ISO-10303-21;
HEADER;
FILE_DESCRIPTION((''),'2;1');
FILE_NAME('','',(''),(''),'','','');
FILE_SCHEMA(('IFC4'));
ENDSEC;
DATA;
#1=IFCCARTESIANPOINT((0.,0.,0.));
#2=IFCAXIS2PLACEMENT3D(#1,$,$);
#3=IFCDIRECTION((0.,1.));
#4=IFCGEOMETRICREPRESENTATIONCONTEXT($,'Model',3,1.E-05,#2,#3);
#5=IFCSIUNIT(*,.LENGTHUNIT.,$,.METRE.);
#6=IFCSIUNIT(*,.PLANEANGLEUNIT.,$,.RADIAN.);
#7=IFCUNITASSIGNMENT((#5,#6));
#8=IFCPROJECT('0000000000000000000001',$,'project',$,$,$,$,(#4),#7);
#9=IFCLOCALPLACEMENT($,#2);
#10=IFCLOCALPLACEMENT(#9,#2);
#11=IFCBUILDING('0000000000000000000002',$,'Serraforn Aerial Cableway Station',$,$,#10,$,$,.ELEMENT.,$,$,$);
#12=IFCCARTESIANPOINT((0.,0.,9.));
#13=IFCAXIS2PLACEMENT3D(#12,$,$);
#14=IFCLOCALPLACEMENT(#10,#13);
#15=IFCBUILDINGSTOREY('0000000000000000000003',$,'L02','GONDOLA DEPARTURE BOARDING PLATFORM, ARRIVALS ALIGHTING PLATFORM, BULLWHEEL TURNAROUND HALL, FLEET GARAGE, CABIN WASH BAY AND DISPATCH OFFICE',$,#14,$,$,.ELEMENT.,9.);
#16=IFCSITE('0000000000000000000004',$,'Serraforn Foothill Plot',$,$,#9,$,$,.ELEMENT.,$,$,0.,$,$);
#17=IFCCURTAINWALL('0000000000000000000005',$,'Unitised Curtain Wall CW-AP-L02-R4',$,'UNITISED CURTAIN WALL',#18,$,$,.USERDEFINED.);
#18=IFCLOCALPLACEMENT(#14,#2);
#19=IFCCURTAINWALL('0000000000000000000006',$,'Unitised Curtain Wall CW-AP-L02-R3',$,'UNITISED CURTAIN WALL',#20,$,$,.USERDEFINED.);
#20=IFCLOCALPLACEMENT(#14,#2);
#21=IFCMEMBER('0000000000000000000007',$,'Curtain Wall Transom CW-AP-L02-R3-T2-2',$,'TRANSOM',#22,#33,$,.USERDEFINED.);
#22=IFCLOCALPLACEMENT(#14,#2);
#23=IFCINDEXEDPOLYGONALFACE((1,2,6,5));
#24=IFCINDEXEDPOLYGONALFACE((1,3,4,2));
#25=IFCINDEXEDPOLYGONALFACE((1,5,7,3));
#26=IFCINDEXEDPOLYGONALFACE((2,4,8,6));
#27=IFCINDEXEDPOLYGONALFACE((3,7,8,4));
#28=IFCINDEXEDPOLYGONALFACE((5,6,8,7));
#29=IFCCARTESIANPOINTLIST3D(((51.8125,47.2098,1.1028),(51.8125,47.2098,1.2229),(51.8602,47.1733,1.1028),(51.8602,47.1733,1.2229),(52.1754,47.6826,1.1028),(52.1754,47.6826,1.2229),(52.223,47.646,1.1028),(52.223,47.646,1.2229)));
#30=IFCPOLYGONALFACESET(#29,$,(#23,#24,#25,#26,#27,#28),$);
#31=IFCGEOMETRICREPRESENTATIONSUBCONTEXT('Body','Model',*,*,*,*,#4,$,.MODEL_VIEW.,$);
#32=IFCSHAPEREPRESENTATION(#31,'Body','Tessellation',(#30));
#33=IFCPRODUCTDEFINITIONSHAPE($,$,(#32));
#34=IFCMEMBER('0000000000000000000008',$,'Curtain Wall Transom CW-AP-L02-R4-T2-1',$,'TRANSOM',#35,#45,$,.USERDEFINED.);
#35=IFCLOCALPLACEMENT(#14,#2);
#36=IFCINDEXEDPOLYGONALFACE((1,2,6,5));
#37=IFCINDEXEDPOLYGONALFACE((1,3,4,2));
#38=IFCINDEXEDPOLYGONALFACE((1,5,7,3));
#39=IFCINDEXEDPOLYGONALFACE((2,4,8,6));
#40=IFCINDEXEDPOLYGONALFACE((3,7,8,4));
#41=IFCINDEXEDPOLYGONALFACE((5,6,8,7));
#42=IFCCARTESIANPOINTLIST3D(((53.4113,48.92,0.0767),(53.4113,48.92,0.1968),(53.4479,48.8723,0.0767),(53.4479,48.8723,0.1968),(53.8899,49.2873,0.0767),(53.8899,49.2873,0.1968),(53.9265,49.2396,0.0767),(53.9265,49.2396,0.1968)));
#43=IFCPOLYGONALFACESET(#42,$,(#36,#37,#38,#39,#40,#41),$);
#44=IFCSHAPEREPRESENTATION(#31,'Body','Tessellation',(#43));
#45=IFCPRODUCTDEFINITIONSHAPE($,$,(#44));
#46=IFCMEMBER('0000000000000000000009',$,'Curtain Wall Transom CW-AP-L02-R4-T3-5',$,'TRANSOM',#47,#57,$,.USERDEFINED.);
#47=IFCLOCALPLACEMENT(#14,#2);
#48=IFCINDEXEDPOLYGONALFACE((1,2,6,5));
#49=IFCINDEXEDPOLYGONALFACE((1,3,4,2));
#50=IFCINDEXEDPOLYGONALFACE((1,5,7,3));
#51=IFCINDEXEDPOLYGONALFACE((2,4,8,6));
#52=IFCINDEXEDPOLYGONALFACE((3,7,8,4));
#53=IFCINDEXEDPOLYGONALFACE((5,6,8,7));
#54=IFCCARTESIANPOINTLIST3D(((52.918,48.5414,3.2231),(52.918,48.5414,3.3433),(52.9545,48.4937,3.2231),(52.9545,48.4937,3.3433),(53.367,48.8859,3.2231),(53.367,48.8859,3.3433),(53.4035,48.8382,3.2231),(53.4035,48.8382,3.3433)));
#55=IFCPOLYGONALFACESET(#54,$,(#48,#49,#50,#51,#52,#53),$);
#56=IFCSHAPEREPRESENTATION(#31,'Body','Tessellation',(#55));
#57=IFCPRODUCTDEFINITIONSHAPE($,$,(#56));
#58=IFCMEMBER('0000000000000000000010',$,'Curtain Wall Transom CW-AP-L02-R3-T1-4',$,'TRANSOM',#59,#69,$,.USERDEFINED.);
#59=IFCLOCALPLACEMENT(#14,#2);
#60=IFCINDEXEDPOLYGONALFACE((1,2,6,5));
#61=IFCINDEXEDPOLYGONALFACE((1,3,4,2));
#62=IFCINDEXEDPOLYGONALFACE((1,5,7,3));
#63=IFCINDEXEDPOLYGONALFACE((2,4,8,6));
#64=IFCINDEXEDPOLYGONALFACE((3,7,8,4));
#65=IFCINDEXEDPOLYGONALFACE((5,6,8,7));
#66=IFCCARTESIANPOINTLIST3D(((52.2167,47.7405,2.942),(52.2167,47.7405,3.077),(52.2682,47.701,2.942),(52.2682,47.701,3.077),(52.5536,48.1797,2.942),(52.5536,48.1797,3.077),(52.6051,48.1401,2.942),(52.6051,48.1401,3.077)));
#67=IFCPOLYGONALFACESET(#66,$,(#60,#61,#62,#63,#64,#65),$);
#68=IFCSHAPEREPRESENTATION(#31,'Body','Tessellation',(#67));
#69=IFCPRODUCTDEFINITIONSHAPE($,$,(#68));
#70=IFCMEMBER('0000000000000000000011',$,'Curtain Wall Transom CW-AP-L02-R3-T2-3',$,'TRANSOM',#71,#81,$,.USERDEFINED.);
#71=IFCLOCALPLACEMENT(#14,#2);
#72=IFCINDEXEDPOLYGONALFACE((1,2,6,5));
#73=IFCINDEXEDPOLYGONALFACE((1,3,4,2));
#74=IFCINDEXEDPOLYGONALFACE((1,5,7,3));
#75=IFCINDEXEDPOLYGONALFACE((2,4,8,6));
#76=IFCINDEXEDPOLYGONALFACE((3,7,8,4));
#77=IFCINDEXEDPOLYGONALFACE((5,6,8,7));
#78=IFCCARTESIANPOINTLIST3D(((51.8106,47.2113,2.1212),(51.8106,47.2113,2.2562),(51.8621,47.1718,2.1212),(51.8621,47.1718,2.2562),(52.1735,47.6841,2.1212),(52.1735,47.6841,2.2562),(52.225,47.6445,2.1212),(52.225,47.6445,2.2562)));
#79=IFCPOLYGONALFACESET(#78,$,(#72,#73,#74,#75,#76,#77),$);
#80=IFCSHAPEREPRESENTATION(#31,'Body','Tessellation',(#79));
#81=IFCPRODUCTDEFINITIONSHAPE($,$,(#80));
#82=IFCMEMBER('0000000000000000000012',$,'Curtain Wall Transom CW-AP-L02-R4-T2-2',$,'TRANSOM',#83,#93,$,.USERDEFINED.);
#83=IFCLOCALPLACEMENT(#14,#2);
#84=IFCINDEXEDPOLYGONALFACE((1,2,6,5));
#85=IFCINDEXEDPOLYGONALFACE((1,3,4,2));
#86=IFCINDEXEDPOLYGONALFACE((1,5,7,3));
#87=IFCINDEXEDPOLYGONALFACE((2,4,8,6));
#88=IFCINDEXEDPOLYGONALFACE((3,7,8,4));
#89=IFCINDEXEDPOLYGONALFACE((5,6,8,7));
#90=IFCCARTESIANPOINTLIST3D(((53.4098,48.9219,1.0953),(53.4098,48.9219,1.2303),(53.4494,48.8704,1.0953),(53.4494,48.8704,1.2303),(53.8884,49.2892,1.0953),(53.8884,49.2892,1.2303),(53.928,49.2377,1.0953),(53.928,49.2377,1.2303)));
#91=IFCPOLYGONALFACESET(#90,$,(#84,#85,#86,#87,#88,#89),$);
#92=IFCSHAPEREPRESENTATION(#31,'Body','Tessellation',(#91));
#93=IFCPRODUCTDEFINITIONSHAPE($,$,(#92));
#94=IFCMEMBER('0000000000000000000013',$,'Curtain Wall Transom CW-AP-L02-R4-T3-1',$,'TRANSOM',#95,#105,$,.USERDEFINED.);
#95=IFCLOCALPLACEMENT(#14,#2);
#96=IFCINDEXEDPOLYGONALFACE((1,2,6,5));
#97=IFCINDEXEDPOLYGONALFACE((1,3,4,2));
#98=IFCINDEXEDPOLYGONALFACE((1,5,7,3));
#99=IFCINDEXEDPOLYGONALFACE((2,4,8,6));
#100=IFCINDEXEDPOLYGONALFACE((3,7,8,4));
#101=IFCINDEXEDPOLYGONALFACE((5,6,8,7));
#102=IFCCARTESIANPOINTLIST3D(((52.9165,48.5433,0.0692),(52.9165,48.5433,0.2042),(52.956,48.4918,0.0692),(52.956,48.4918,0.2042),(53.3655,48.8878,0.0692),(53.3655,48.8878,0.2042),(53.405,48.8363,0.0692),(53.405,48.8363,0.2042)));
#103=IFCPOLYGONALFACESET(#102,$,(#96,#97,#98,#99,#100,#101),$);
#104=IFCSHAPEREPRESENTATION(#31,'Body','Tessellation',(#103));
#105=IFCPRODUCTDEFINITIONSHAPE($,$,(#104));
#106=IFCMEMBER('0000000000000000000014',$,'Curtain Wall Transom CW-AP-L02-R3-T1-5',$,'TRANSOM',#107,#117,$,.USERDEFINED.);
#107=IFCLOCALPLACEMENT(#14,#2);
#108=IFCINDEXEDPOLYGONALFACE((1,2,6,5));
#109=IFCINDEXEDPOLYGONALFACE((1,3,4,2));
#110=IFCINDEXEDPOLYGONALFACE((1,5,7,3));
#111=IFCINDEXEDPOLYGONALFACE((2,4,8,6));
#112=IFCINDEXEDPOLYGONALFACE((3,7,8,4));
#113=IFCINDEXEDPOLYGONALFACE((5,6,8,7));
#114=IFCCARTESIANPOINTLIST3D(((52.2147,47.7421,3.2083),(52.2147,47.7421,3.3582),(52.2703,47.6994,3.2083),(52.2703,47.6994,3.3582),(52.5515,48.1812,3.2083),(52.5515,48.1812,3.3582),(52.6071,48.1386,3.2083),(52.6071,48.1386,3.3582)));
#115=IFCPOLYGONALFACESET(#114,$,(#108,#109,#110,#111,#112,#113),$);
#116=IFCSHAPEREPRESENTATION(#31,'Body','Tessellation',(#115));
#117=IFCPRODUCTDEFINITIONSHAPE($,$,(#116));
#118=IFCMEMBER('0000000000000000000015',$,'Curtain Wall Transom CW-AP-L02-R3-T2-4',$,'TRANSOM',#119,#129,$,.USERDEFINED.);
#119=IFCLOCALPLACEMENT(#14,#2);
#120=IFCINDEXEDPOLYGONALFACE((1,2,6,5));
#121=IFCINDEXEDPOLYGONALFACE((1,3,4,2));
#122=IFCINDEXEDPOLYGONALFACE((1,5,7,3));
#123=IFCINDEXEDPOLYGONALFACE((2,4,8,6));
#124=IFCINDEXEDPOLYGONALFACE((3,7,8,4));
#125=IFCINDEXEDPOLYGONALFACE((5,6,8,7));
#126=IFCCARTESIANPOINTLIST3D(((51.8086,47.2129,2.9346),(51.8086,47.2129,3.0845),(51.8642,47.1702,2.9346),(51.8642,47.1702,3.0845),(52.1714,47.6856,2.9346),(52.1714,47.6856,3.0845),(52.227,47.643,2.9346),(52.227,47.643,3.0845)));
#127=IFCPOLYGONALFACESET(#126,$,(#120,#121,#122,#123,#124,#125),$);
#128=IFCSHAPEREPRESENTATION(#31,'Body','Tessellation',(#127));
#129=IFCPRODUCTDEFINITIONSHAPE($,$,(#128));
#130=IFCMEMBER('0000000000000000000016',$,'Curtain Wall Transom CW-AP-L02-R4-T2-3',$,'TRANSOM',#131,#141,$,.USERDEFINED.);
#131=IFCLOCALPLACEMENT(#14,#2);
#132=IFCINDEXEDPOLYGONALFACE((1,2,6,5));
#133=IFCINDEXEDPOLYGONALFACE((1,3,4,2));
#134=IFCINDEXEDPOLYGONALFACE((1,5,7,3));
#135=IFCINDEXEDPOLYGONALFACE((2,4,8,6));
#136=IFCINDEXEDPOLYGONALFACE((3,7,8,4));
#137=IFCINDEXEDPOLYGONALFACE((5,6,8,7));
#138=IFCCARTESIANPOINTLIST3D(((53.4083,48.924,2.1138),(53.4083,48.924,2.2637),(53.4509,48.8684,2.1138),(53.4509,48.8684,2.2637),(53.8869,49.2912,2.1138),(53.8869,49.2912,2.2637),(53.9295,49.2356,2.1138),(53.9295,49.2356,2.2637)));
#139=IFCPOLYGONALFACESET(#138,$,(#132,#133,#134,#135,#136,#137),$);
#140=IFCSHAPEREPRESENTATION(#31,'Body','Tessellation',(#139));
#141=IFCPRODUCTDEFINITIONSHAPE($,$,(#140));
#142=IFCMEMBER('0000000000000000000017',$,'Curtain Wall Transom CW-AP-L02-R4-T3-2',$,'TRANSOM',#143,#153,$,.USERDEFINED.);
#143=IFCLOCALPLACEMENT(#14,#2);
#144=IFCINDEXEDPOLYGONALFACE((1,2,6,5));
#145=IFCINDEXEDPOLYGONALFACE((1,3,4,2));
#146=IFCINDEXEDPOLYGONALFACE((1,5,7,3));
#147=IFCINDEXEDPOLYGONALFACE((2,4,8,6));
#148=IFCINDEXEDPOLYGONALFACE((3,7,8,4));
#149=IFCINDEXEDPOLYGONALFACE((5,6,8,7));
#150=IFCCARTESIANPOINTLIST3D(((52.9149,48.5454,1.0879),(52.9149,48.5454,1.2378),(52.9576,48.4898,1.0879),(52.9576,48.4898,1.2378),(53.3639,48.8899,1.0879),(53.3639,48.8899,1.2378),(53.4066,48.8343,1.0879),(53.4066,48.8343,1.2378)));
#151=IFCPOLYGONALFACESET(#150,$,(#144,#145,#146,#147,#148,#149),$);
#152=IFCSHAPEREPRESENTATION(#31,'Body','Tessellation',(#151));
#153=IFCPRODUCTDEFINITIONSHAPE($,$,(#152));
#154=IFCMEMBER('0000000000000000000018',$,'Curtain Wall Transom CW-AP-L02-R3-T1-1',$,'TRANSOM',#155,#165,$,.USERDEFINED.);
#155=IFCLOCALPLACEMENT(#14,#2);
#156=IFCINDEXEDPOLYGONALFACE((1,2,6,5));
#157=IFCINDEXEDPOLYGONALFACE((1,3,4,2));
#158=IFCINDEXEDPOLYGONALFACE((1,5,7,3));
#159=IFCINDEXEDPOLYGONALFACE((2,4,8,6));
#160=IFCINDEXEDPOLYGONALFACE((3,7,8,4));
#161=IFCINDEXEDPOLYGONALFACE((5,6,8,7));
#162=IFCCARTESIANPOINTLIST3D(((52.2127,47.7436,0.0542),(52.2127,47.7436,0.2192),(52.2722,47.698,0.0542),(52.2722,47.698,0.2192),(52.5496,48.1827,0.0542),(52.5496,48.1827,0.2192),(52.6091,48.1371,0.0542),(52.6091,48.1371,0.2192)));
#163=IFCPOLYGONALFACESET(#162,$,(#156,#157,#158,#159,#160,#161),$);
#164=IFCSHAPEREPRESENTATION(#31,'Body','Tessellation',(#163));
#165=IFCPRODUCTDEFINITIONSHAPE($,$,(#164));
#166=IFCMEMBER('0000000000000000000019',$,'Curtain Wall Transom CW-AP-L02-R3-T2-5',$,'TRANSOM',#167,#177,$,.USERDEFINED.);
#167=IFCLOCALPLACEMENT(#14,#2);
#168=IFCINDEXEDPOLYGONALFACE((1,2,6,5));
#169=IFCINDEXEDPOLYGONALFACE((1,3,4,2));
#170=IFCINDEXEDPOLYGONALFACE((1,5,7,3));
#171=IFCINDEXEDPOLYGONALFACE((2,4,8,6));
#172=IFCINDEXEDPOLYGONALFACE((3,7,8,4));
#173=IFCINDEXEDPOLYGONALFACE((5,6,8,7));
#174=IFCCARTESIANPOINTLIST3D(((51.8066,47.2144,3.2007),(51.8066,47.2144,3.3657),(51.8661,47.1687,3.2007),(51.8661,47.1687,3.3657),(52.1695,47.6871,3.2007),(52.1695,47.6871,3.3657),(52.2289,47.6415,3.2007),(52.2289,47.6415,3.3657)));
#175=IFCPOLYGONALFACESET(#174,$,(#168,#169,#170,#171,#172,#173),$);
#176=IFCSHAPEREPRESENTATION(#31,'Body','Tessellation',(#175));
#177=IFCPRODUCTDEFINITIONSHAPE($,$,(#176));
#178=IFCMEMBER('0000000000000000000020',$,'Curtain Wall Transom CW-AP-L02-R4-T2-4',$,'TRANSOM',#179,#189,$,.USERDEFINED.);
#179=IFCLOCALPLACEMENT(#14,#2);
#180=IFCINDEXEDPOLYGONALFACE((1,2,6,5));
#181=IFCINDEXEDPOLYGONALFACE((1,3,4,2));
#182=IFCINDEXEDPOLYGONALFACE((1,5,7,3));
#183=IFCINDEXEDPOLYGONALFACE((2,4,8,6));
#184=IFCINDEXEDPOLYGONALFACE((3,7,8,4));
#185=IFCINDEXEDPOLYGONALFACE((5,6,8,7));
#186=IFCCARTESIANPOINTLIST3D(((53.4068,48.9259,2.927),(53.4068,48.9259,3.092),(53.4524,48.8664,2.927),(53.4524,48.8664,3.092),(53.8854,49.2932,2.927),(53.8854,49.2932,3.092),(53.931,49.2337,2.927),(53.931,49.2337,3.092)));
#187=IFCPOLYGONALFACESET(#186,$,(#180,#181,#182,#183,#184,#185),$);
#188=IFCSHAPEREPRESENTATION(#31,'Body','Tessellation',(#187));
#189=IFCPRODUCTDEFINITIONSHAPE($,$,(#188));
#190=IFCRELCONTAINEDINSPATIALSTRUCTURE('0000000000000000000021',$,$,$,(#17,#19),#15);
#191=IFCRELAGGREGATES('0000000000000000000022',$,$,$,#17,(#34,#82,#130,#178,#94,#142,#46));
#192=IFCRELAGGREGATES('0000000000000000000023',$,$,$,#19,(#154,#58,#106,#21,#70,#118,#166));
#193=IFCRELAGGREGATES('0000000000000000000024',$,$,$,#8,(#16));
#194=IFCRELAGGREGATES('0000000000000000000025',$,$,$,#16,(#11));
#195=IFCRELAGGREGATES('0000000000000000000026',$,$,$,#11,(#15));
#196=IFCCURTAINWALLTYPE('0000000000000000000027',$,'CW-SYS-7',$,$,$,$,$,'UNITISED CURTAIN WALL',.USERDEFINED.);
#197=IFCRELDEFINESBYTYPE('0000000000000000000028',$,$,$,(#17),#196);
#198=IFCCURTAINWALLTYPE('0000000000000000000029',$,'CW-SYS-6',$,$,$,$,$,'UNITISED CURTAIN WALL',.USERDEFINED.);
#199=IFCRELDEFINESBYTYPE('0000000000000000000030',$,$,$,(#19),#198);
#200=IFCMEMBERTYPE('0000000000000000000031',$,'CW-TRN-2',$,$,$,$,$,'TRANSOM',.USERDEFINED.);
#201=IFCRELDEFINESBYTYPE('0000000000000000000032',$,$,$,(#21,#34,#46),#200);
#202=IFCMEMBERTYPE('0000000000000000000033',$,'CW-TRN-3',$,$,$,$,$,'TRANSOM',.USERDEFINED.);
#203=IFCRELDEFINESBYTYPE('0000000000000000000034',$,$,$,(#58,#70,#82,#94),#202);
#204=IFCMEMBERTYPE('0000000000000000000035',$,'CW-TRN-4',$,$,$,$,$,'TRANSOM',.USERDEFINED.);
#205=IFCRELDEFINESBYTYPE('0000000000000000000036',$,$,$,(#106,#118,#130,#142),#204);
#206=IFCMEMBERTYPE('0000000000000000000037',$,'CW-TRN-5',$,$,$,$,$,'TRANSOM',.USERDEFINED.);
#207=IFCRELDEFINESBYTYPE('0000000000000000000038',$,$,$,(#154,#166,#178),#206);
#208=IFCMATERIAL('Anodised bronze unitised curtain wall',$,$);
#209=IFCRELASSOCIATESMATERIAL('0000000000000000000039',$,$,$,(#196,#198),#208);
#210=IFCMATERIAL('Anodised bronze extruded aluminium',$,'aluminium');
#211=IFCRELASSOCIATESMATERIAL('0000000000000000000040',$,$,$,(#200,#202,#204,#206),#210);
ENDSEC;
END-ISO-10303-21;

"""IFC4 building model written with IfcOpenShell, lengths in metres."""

from ifc_helpers import new_model, si_unit, direction, frame, origin, origin_2d, place, context, subcontext, project, spatial, rectangle, extrude, material, material_profile, profile_set, type_object, element, aggregate, save


model = new_model("IFC4")

# Units and contexts
model_context = context("Model", 3, precision=1e-05, world=origin(), true_north=direction((0.0, 1.0)))
body_context = subcontext(model_context, "Body", "Model", "MODEL_VIEW")
ifc_project = project(units=[si_unit("LENGTHUNIT", "METRE"), si_unit("PLANEANGLEUNIT", "RADIAN")], contexts=[model_context])

# Site, building, storey
site_placement = place(None, origin())
site = spatial("IfcSite", under=ifc_project, at=site_placement, Name="Serraforn Foothill Plot", CompositionType="ELEMENT", RefElevation=0.0)
building_placement = place(site_placement, origin())
building = spatial("IfcBuilding", under=site, at=building_placement, Name="Serraforn Aerial Cableway Station", CompositionType="ELEMENT")
storey_placement = place(building_placement, frame((0.0, 0.0, 9.0)))
storey = spatial("IfcBuildingStorey", under=building, at=storey_placement, Name="L02", Description="GONDOLA DEPARTURE BOARDING PLATFORM, ARRIVALS ALIGHTING PLATFORM, BULLWHEEL TURNAROUND HALL, FLEET GARAGE, CABIN WASH BAY AND DISPATCH OFFICE", CompositionType="ELEMENT", Elevation=9.0)

# Curtain walls
ifc_material_1 = material(Name="Anodised bronze unitised curtain wall")
curtain_wall_type_1 = type_object("IfcCurtainWallType", Name="CW-SYS-7", ElementType="UNITISED CURTAIN WALL", PredefinedType="USERDEFINED", material=ifc_material_1)
curtain_wall_1_placement = place(storey_placement, origin())
curtain_wall_1 = element("IfcCurtainWall", 1, at=curtain_wall_1_placement, inside=storey, type_object=curtain_wall_type_1, Name="Unitised Curtain Wall CW-AP-L02-R4", ObjectType="UNITISED CURTAIN WALL", PredefinedType="USERDEFINED")
ifc_material_2 = material(Name="Anodised bronze extruded aluminium", Category="aluminium")
curtain_wall_type_2 = type_object("IfcCurtainWallType", Name="CW-SYS-6", ElementType="UNITISED CURTAIN WALL", PredefinedType="USERDEFINED", material=ifc_material_1)
curtain_wall_2_placement = place(storey_placement, origin())
curtain_wall_2 = element("IfcCurtainWall", 2, at=curtain_wall_2_placement, inside=storey, type_object=curtain_wall_type_2, Name="Unitised Curtain Wall CW-AP-L02-R3", ObjectType="UNITISED CURTAIN WALL", PredefinedType="USERDEFINED")

# Members
ifc_material_profile_1 = material_profile(ifc_material_2, rectangle(XDim=0.0601, YDim=0.1201, at=origin_2d()), Name="CW TRANSOM 60x120")
ifc_profile_set_1 = profile_set([ifc_material_profile_1], Name="Anodised bronze extruded aluminium")
member_type_1 = type_object("IfcMemberType", Name="CW-TRN-2", ElementType="TRANSOM", PredefinedType="USERDEFINED", material=ifc_profile_set_1)
member_1_placement = place(storey_placement, frame((52.1992, 47.6643, 1.1628), z_axis=(-0.608879, -0.793263, 0.0), x_axis=(0.793263, -0.608879, 0.0)))
member_1 = element("IfcMember", 3, at=member_1_placement, type_object=member_type_1, Name="Curtain Wall Transom CW-AP-L02-R3-T2-2", ObjectType="TRANSOM", PredefinedType="USERDEFINED", context=body_context, shape_type="SweptSolid", body=[
    extrude(rectangle(XDim=0.0601, YDim=0.1201, at=origin_2d()), origin(), (0.0, 0.0, 1.0), 0.5959),
])
member_2_placement = place(storey_placement, frame((53.9082, 49.2634, 0.1367), z_axis=(-0.793346, -0.608771, 0.0), x_axis=(0.608771, -0.793346, 0.0)))
member_2 = element("IfcMember", 4, at=member_2_placement, type_object=member_type_1, Name="Curtain Wall Transom CW-AP-L02-R4-T2-1", ObjectType="TRANSOM", PredefinedType="USERDEFINED", context=body_context, shape_type="SweptSolid", body=[
    extrude(rectangle(XDim=0.0601, YDim=0.1201, at=origin_2d()), origin(), (0.0, 0.0, 1.0), 0.6033),
])
member_3_placement = place(storey_placement, frame((53.3853, 48.8621, 3.2832), z_axis=(-0.793377, -0.60873, 0.0), x_axis=(0.60873, -0.793377, 0.0)))
member_3 = element("IfcMember", 5, at=member_3_placement, type_object=member_type_1, Name="Curtain Wall Transom CW-AP-L02-R4-T3-5", ObjectType="TRANSOM", PredefinedType="USERDEFINED", context=body_context, shape_type="SweptSolid", body=[
    extrude(rectangle(XDim=0.0601, YDim=0.1201, at=origin_2d()), origin(), (0.0, 0.0, 1.0), 0.5659),
])
ifc_material_profile_2 = material_profile(ifc_material_2, rectangle(XDim=0.0649, YDim=0.135, at=origin_2d()), Name="CW TRANSOM 65x135")
ifc_profile_set_2 = profile_set([ifc_material_profile_2], Name="Anodised bronze extruded aluminium")
member_type_2 = type_object("IfcMemberType", Name="CW-TRN-3", ElementType="TRANSOM", PredefinedType="USERDEFINED", material=ifc_profile_set_2)
member_4_placement = place(storey_placement, frame((52.5793, 48.1599, 3.0095), z_axis=(-0.608644, -0.793443, 0.0), x_axis=(0.793443, -0.608644, 0.0)))
member_4 = element("IfcMember", 6, at=member_4_placement, type_object=member_type_2, Name="Curtain Wall Transom CW-AP-L02-R3-T1-4", ObjectType="TRANSOM", PredefinedType="USERDEFINED", context=body_context, shape_type="SweptSolid", body=[
    extrude(rectangle(XDim=0.0649, YDim=0.135, at=origin_2d()), origin(), (0.0, 0.0, 1.0), 0.5535),
])
member_5_placement = place(storey_placement, frame((52.1992, 47.6643, 2.1887), z_axis=(-0.608879, -0.793263, 0.0), x_axis=(0.793263, -0.608879, 0.0)))
member_5 = element("IfcMember", 7, at=member_5_placement, type_object=member_type_2, Name="Curtain Wall Transom CW-AP-L02-R3-T2-3", ObjectType="TRANSOM", PredefinedType="USERDEFINED", context=body_context, shape_type="SweptSolid", body=[
    extrude(rectangle(XDim=0.0649, YDim=0.135, at=origin_2d()), origin(), (0.0, 0.0, 1.0), 0.5959),
])
member_6_placement = place(storey_placement, frame((53.9082, 49.2634, 1.1628), z_axis=(-0.793346, -0.608771, 0.0), x_axis=(0.608771, -0.793346, 0.0)))
member_6 = element("IfcMember", 8, at=member_6_placement, type_object=member_type_2, Name="Curtain Wall Transom CW-AP-L02-R4-T2-2", ObjectType="TRANSOM", PredefinedType="USERDEFINED", context=body_context, shape_type="SweptSolid", body=[
    extrude(rectangle(XDim=0.0649, YDim=0.135, at=origin_2d()), origin(), (0.0, 0.0, 1.0), 0.6033),
])
member_7_placement = place(storey_placement, frame((53.3853, 48.8621, 0.1367), z_axis=(-0.793377, -0.60873, 0.0), x_axis=(0.60873, -0.793377, 0.0)))
member_7 = element("IfcMember", 9, at=member_7_placement, type_object=member_type_2, Name="Curtain Wall Transom CW-AP-L02-R4-T3-1", ObjectType="TRANSOM", PredefinedType="USERDEFINED", context=body_context, shape_type="SweptSolid", body=[
    extrude(rectangle(XDim=0.0649, YDim=0.135, at=origin_2d()), origin(), (0.0, 0.0, 1.0), 0.5659),
])
ifc_material_profile_3 = material_profile(ifc_material_2, rectangle(XDim=0.0701, YDim=0.1499, at=origin_2d()), Name="CW TRANSOM 70x150")
ifc_profile_set_3 = profile_set([ifc_material_profile_3], Name="Anodised bronze extruded aluminium")
member_type_3 = type_object("IfcMemberType", Name="CW-TRN-4", ElementType="TRANSOM", PredefinedType="USERDEFINED", material=ifc_profile_set_3)
member_8_placement = place(storey_placement, frame((52.5793, 48.1599, 3.2832), z_axis=(-0.608644, -0.793443, 0.0), x_axis=(0.793443, -0.608644, 0.0)))
member_8 = element("IfcMember", 10, at=member_8_placement, type_object=member_type_3, Name="Curtain Wall Transom CW-AP-L02-R3-T1-5", ObjectType="TRANSOM", PredefinedType="USERDEFINED", context=body_context, shape_type="SweptSolid", body=[
    extrude(rectangle(XDim=0.0701, YDim=0.1499, at=origin_2d()), origin(), (0.0, 0.0, 1.0), 0.5535),
])
member_9_placement = place(storey_placement, frame((52.1992, 47.6643, 3.0095), z_axis=(-0.608879, -0.793263, 0.0), x_axis=(0.793263, -0.608879, 0.0)))
member_9 = element("IfcMember", 11, at=member_9_placement, type_object=member_type_3, Name="Curtain Wall Transom CW-AP-L02-R3-T2-4", ObjectType="TRANSOM", PredefinedType="USERDEFINED", context=body_context, shape_type="SweptSolid", body=[
    extrude(rectangle(XDim=0.0701, YDim=0.1499, at=origin_2d()), origin(), (0.0, 0.0, 1.0), 0.5959),
])
member_10_placement = place(storey_placement, frame((53.9082, 49.2634, 2.1887), z_axis=(-0.793346, -0.608771, 0.0), x_axis=(0.608771, -0.793346, 0.0)))
member_10 = element("IfcMember", 12, at=member_10_placement, type_object=member_type_3, Name="Curtain Wall Transom CW-AP-L02-R4-T2-3", ObjectType="TRANSOM", PredefinedType="USERDEFINED", context=body_context, shape_type="SweptSolid", body=[
    extrude(rectangle(XDim=0.0701, YDim=0.1499, at=origin_2d()), origin(), (0.0, 0.0, 1.0), 0.6033),
])
member_11_placement = place(storey_placement, frame((53.3853, 48.8621, 1.1628), z_axis=(-0.793377, -0.60873, 0.0), x_axis=(0.60873, -0.793377, 0.0)))
member_11 = element("IfcMember", 13, at=member_11_placement, type_object=member_type_3, Name="Curtain Wall Transom CW-AP-L02-R4-T3-2", ObjectType="TRANSOM", PredefinedType="USERDEFINED", context=body_context, shape_type="SweptSolid", body=[
    extrude(rectangle(XDim=0.0701, YDim=0.1499, at=origin_2d()), origin(), (0.0, 0.0, 1.0), 0.5659),
])
ifc_material_profile_4 = material_profile(ifc_material_2, rectangle(XDim=0.075, YDim=0.165, at=origin_2d()), Name="CW TRANSOM 75x165")
ifc_profile_set_4 = profile_set([ifc_material_profile_4], Name="Anodised bronze extruded aluminium")
member_type_4 = type_object("IfcMemberType", Name="CW-TRN-5", ElementType="TRANSOM", PredefinedType="USERDEFINED", material=ifc_profile_set_4)
member_12_placement = place(storey_placement, frame((52.5793, 48.1599, 0.1367), z_axis=(-0.608644, -0.793443, 0.0), x_axis=(0.793443, -0.608644, 0.0)))
member_12 = element("IfcMember", 14, at=member_12_placement, type_object=member_type_4, Name="Curtain Wall Transom CW-AP-L02-R3-T1-1", ObjectType="TRANSOM", PredefinedType="USERDEFINED", context=body_context, shape_type="SweptSolid", body=[
    extrude(rectangle(XDim=0.075, YDim=0.165, at=origin_2d()), origin(), (0.0, 0.0, 1.0), 0.5535),
])
member_13_placement = place(storey_placement, frame((52.1992, 47.6643, 3.2832), z_axis=(-0.608879, -0.793263, 0.0), x_axis=(0.793263, -0.608879, 0.0)))
member_13 = element("IfcMember", 15, at=member_13_placement, type_object=member_type_4, Name="Curtain Wall Transom CW-AP-L02-R3-T2-5", ObjectType="TRANSOM", PredefinedType="USERDEFINED", context=body_context, shape_type="SweptSolid", body=[
    extrude(rectangle(XDim=0.075, YDim=0.165, at=origin_2d()), origin(), (0.0, 0.0, 1.0), 0.5959),
])
member_14_placement = place(storey_placement, frame((53.9082, 49.2634, 3.0095), z_axis=(-0.793346, -0.608771, 0.0), x_axis=(0.608771, -0.793346, 0.0)))
member_14 = element("IfcMember", 16, at=member_14_placement, type_object=member_type_4, Name="Curtain Wall Transom CW-AP-L02-R4-T2-4", ObjectType="TRANSOM", PredefinedType="USERDEFINED", context=body_context, shape_type="SweptSolid", body=[
    extrude(rectangle(XDim=0.075, YDim=0.165, at=origin_2d()), origin(), (0.0, 0.0, 1.0), 0.6033),
])

aggregate(curtain_wall_1, [member_2, member_6, member_10, member_14, member_7, member_11, member_3])
aggregate(curtain_wall_2, [member_12, member_4, member_8, member_1, member_5, member_9, member_13])

save(model, "model.ifc")
